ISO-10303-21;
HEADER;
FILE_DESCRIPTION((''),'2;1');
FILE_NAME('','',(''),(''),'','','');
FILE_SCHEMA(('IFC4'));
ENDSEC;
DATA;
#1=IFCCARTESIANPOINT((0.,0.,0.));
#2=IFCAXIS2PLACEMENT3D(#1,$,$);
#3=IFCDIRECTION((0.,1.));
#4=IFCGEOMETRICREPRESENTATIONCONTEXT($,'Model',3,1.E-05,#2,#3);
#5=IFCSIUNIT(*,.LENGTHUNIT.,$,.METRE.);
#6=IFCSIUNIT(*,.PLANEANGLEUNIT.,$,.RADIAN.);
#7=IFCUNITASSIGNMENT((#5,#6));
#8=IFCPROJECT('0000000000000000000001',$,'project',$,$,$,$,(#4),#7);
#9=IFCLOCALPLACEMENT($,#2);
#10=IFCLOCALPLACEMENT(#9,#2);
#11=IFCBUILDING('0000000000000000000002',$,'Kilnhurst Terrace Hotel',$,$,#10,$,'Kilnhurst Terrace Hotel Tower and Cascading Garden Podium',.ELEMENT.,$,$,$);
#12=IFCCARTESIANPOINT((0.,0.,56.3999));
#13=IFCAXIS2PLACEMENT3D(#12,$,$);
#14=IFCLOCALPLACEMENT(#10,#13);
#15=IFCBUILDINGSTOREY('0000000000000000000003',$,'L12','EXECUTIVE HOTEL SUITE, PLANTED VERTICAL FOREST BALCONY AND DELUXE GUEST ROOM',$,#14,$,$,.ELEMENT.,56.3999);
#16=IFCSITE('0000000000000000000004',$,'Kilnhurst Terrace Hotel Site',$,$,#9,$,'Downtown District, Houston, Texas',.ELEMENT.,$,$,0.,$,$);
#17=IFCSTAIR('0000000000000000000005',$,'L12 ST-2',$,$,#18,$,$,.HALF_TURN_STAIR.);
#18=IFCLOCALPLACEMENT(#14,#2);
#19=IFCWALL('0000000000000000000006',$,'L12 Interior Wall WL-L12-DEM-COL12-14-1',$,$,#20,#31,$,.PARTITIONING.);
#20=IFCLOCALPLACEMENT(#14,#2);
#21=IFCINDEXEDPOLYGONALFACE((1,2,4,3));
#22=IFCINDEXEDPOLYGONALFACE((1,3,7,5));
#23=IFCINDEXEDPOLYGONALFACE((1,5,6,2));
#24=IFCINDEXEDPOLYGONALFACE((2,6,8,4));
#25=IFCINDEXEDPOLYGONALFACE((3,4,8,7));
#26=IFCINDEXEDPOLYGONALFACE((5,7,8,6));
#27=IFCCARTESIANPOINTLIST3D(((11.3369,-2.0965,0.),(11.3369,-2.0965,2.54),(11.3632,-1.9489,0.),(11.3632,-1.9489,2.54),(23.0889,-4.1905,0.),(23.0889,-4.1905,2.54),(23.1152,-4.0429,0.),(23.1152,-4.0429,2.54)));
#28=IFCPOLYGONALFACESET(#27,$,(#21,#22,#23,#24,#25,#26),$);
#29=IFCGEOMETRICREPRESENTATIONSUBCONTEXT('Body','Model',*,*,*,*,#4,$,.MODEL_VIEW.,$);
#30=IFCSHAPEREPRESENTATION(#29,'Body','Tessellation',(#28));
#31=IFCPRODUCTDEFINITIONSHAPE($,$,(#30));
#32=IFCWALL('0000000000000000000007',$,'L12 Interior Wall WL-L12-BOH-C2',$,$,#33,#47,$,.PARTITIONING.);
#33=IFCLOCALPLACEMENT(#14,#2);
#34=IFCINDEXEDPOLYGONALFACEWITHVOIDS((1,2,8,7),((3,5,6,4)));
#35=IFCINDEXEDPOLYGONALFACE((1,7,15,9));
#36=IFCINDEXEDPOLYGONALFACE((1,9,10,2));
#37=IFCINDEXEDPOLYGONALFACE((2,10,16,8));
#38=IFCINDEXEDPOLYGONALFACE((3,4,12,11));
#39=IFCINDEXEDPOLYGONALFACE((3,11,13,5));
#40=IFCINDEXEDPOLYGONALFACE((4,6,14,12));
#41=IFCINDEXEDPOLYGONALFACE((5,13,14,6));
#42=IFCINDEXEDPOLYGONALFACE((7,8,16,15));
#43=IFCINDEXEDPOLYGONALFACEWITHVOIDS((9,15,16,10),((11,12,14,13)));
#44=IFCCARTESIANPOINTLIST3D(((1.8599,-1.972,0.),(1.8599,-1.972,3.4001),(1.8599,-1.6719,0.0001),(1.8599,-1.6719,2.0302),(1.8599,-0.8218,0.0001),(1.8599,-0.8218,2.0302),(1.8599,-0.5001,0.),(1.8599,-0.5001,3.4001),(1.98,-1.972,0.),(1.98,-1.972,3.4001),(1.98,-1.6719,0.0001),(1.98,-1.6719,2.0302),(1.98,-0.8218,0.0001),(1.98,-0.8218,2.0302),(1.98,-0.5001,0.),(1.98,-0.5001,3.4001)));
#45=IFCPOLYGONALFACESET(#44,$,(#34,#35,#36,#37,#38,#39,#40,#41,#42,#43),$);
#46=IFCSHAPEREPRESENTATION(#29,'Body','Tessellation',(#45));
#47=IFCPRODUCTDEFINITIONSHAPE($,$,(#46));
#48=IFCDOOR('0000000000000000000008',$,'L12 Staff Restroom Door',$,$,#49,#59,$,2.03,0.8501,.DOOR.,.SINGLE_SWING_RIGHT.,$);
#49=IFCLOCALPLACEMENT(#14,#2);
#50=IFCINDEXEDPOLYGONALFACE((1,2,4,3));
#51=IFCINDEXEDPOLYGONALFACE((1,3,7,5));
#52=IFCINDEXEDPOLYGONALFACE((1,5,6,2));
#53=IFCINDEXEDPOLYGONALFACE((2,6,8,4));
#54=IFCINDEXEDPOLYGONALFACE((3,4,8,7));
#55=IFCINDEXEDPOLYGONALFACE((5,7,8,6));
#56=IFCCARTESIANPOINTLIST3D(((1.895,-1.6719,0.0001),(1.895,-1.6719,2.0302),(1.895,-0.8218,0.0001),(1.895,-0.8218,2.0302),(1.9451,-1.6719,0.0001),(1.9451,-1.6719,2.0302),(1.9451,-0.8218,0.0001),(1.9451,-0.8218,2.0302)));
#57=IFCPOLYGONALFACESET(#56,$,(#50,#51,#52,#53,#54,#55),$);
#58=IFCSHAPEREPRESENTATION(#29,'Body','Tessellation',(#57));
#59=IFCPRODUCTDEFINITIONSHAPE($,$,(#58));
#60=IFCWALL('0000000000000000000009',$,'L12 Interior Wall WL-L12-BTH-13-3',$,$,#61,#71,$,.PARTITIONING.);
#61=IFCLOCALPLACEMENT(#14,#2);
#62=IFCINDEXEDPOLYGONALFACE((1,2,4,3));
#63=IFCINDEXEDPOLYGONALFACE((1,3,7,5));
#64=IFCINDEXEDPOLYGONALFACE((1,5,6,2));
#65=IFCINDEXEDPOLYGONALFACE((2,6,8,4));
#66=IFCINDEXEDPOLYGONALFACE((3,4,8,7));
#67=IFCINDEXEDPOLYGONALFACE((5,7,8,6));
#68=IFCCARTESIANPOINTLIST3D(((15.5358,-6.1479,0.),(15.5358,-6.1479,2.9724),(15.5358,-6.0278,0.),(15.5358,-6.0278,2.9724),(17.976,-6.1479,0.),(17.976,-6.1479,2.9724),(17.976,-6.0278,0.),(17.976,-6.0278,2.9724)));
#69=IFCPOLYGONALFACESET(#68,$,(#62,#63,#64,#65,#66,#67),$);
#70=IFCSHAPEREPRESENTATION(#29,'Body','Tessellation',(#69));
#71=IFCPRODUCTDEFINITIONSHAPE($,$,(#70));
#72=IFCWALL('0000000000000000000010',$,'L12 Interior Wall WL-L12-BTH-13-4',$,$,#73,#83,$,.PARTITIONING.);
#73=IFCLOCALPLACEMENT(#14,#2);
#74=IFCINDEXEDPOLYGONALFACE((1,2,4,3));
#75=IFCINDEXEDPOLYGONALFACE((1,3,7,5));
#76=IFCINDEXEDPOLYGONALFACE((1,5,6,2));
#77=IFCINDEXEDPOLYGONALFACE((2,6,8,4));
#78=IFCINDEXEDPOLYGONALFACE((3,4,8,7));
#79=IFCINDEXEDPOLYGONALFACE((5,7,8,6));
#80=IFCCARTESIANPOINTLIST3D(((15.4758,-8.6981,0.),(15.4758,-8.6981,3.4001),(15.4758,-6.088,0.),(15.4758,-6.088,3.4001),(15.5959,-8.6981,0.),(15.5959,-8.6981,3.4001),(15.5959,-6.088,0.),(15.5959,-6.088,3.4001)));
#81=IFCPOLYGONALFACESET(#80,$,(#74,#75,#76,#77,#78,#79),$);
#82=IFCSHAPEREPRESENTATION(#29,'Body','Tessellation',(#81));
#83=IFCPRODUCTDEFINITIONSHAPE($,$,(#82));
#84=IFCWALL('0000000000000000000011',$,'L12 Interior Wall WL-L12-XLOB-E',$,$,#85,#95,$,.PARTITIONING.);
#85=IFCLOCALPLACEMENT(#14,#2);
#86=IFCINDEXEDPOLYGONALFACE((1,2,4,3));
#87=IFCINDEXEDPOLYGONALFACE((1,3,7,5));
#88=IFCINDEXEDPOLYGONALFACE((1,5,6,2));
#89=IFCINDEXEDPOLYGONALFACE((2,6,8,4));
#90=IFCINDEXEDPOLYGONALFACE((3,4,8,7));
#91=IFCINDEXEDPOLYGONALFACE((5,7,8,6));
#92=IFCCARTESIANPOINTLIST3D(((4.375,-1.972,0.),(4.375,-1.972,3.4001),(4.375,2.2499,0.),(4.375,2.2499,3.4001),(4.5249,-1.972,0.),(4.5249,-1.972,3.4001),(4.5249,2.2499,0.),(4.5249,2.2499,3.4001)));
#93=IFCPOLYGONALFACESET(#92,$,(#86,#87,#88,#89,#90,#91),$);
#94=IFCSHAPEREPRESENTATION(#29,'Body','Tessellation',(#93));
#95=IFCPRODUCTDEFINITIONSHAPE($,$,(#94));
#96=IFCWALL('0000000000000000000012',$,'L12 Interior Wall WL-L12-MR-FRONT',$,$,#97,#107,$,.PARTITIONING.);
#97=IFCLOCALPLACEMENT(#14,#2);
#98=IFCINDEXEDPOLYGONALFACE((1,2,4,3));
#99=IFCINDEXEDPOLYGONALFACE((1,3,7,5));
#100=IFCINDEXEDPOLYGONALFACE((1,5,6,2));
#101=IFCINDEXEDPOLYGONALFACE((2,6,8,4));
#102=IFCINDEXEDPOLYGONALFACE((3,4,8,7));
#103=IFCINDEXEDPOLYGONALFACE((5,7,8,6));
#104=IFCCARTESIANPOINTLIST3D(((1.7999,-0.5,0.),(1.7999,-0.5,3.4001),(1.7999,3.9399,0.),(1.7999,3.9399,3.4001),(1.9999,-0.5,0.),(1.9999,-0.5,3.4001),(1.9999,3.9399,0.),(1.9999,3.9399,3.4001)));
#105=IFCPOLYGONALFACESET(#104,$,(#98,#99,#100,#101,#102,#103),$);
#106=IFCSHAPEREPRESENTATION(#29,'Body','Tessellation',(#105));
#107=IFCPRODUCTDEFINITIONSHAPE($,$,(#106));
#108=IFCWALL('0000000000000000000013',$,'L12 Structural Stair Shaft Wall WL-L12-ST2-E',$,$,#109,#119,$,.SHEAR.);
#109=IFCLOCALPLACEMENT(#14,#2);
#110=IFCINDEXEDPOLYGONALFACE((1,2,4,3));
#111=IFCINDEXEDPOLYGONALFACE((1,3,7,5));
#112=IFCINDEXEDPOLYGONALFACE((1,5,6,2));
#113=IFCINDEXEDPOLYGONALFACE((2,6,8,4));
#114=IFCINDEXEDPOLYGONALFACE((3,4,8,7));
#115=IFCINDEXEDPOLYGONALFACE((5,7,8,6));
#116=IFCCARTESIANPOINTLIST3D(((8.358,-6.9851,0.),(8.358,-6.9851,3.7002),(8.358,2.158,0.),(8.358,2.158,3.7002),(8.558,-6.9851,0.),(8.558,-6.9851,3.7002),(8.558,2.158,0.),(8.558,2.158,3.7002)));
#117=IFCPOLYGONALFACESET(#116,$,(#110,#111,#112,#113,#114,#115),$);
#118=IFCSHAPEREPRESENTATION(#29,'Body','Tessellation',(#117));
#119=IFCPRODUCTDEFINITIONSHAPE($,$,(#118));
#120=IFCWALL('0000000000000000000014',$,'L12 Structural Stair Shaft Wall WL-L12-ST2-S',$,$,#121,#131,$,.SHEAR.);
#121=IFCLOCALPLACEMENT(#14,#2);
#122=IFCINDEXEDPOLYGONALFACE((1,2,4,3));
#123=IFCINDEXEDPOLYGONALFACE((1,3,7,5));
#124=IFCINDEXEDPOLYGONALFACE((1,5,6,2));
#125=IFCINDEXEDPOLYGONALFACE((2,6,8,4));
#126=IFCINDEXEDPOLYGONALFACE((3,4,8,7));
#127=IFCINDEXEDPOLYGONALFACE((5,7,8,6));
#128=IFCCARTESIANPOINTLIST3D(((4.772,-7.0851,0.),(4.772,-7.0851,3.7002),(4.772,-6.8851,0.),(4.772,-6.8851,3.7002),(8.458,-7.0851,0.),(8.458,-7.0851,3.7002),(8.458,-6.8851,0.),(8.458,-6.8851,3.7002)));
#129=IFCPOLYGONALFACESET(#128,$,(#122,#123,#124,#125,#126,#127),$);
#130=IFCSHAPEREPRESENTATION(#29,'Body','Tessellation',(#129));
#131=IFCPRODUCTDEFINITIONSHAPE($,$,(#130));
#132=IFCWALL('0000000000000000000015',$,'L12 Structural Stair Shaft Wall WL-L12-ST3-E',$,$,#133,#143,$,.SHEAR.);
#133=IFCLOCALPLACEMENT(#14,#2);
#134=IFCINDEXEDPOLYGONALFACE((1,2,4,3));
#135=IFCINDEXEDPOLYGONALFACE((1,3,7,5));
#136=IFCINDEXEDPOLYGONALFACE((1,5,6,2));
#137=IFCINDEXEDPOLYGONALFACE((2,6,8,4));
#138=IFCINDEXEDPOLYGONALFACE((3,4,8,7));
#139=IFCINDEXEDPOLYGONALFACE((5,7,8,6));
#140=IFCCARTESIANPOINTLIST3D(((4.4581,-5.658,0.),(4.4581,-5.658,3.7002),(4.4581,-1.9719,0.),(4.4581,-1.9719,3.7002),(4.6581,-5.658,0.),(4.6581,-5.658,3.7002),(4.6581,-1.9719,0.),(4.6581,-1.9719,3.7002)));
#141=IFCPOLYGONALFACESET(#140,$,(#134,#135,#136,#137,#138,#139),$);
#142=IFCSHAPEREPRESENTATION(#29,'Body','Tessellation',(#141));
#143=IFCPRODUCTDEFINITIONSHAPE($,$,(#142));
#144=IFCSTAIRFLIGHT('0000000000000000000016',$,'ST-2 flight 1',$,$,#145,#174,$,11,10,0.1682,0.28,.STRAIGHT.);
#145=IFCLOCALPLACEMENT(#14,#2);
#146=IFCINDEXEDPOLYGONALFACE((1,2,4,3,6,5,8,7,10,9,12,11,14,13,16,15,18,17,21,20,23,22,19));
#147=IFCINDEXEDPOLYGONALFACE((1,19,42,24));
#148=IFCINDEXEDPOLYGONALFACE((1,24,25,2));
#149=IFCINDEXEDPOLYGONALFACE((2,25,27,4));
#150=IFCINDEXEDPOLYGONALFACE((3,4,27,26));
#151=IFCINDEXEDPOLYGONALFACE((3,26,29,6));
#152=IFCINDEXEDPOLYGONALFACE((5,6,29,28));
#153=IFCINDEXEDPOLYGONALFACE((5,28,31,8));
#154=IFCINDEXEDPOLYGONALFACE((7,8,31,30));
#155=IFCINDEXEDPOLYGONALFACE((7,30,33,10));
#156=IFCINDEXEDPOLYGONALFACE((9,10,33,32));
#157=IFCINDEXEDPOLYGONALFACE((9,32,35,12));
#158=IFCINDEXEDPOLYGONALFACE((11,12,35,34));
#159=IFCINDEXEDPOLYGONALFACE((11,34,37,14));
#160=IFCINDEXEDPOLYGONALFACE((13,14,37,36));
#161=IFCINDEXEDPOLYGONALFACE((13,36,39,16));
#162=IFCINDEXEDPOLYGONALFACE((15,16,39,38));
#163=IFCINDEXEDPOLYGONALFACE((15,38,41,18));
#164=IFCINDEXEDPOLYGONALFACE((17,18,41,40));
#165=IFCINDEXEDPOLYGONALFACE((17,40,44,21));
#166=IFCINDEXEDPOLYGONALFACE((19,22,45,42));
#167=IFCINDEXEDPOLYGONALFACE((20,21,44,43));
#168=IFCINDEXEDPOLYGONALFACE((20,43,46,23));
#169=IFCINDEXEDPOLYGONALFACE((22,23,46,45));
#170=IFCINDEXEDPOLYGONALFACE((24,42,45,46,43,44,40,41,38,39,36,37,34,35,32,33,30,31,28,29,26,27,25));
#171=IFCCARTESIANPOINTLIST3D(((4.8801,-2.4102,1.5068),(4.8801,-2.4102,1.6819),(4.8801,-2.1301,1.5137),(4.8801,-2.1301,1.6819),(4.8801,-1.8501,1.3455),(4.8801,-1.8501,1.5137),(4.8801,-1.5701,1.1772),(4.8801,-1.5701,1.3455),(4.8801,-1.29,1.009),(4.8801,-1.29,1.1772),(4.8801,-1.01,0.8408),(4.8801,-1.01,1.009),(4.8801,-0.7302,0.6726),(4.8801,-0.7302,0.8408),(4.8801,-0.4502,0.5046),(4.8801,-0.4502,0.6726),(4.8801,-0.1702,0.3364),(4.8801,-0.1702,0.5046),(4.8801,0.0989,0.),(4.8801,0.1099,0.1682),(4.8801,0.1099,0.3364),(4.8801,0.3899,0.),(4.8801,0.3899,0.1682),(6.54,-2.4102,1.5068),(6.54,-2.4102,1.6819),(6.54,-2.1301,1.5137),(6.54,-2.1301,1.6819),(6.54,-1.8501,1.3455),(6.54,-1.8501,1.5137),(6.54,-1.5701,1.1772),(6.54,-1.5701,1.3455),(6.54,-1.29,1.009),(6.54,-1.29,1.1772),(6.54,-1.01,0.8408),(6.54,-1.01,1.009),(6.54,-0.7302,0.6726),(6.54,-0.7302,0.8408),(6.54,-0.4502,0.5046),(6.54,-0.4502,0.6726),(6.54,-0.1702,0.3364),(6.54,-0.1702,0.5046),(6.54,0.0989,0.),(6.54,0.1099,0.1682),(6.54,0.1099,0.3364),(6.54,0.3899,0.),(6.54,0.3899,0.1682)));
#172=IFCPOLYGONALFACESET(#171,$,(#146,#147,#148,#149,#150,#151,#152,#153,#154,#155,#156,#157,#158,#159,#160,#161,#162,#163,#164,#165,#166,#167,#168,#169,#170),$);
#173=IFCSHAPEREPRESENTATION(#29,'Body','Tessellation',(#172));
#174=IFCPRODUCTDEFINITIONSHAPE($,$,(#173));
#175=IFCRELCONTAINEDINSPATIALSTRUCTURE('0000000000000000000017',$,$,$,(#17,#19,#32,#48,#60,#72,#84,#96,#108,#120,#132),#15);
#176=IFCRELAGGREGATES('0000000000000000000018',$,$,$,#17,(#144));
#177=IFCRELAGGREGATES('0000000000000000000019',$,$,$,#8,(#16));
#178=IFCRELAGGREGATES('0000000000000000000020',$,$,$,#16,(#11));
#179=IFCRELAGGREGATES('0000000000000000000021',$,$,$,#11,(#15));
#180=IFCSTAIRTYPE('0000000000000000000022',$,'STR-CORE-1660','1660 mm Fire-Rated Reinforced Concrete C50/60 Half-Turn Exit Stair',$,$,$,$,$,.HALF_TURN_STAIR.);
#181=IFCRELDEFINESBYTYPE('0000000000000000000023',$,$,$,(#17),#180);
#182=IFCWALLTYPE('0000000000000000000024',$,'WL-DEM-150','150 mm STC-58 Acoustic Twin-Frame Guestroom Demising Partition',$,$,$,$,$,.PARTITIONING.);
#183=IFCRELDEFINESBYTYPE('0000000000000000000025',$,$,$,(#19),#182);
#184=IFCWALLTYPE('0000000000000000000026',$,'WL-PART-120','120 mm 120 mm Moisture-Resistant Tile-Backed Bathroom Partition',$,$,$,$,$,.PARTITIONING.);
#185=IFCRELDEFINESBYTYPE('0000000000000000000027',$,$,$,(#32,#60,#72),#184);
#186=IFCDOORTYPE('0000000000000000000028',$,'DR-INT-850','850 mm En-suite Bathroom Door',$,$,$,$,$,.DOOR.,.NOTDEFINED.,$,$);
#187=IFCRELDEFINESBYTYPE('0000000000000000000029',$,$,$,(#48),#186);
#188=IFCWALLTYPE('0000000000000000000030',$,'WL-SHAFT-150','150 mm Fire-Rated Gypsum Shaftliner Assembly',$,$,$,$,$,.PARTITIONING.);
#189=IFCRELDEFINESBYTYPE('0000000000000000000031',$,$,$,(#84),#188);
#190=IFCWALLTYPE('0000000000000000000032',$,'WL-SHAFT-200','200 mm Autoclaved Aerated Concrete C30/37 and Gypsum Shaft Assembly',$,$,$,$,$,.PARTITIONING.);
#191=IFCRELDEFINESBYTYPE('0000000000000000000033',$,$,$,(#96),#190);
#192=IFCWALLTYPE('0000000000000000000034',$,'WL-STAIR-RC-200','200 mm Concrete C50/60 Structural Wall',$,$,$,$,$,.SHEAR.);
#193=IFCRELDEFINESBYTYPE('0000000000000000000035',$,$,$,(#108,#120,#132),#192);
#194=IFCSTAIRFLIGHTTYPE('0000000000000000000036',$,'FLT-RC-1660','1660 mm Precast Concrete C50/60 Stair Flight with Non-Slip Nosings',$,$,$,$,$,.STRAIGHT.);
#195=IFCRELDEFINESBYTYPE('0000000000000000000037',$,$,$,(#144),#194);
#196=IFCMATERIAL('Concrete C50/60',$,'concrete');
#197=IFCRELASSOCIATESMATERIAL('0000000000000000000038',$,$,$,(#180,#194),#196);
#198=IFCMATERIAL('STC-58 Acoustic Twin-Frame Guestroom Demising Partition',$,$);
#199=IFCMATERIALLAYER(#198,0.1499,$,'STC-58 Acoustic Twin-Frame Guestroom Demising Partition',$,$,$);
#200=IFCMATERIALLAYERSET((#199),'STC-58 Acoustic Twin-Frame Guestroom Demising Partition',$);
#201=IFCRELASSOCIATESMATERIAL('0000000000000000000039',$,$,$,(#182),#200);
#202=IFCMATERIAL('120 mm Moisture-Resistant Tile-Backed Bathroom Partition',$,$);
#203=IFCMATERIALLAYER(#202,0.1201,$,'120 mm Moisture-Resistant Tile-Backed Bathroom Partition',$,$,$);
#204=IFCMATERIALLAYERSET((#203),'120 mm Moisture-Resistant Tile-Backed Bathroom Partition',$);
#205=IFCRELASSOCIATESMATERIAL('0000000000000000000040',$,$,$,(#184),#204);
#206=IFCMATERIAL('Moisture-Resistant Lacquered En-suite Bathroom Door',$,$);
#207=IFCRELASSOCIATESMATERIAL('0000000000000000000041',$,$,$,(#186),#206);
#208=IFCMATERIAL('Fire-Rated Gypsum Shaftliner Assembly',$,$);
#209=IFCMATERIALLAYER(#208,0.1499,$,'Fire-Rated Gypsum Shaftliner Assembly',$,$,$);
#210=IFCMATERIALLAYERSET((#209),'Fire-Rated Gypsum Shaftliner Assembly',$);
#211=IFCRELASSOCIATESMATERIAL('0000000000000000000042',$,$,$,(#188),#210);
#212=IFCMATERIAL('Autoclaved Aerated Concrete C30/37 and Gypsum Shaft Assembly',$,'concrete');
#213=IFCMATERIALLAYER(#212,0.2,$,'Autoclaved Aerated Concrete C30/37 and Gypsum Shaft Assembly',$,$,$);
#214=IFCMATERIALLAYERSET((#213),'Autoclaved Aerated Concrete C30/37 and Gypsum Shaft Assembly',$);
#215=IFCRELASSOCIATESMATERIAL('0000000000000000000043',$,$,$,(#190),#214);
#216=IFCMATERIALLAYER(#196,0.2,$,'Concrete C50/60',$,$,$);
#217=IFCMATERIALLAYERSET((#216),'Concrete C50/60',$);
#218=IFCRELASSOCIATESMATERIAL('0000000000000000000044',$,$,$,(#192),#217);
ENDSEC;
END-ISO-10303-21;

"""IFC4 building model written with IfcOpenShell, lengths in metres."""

from ifc_helpers import new_model, si_unit, direction, frame, frame_2d, origin, place, context, subcontext, project, spatial, polyline, rectangle, outline, extrude, material, layer, layer_set, type_object, element, fill, aggregate, save


model = new_model("IFC4")

# Units and contexts
model_context = context("Model", 3, precision=1e-05, world=origin(), true_north=direction((0.0, 1.0)))
body_context = subcontext(model_context, "Body", "Model", "MODEL_VIEW")
ifc_project = project(units=[si_unit("LENGTHUNIT", "METRE"), si_unit("PLANEANGLEUNIT", "RADIAN")], contexts=[model_context])

# Site, building, storey
site_placement = place(None, origin())
site = spatial("IfcSite", under=ifc_project, at=site_placement, Name="Kilnhurst Terrace Hotel Site", LongName="Downtown District, Houston, Texas", CompositionType="ELEMENT", RefElevation=0.0)
building_placement = place(site_placement, origin())
building = spatial("IfcBuilding", under=site, at=building_placement, Name="Kilnhurst Terrace Hotel", LongName="Kilnhurst Terrace Hotel Tower and Cascading Garden Podium", CompositionType="ELEMENT")
storey_placement = place(building_placement, frame((0.0, 0.0, 56.3999)))
storey = spatial("IfcBuildingStorey", under=building, at=storey_placement, Name="L12", Description="EXECUTIVE HOTEL SUITE, PLANTED VERTICAL FOREST BALCONY AND DELUXE GUEST ROOM", CompositionType="ELEMENT", Elevation=56.3999)

# Shared definitions
ifc_material_1 = material(Name="Concrete C50/60", Category="concrete")

# Stair
stair_type = type_object("IfcStairType", Name="STR-CORE-1660", Description="1660 mm Fire-Rated Reinforced Concrete C50/60 Half-Turn Exit Stair", PredefinedType="HALF_TURN_STAIR", material=ifc_material_1)
stair_1_placement = place(storey_placement, origin())
stair_1 = element("IfcStair", 1, at=stair_1_placement, inside=storey, type_object=stair_type, Name="L12 ST-2", PredefinedType="HALF_TURN_STAIR")

# Wall
ifc_material_2 = material(Name="STC-58 Acoustic Twin-Frame Guestroom Demising Partition")
ifc_layer_1 = layer(ifc_material_2, 0.1499, Name="STC-58 Acoustic Twin-Frame Guestroom Demising Partition")
ifc_layer_set_1 = layer_set([ifc_layer_1], Name="STC-58 Acoustic Twin-Frame Guestroom Demising Partition")
wall_type_1 = type_object("IfcWallType", Name="WL-DEM-150", Description="150 mm STC-58 Acoustic Twin-Frame Guestroom Demising Partition", PredefinedType="PARTITIONING", material=ifc_layer_set_1)
wall_1_placement = place(storey_placement, frame((11.3501, -2.0227, 0.0), z_axis=(0.0, 0.0, 1.0), x_axis=(0.984494, -0.17542, 0.0)))
element("IfcWall", 2, at=wall_1_placement, inside=storey, type_object=wall_type_1, Name="L12 Interior Wall WL-L12-DEM-COL12-14-1", PredefinedType="PARTITIONING", context=body_context, shape_type="SweptSolid", body=[
    extrude(rectangle(XDim=11.937, YDim=0.1499, at=frame_2d((5.9685, 0.0))), origin(), (0.0, 0.0, 1.0), 2.54),
])

# Wall, opening, door
ifc_material_3 = material(Name="120 mm Moisture-Resistant Tile-Backed Bathroom Partition")
ifc_layer_2 = layer(ifc_material_3, 0.1201, Name="120 mm Moisture-Resistant Tile-Backed Bathroom Partition")
ifc_layer_set_2 = layer_set([ifc_layer_2], Name="120 mm Moisture-Resistant Tile-Backed Bathroom Partition")
wall_type_2 = type_object("IfcWallType", Name="WL-PART-120", Description="120 mm 120 mm Moisture-Resistant Tile-Backed Bathroom Partition", PredefinedType="PARTITIONING", material=ifc_layer_set_2)
wall_2_placement = place(storey_placement, frame((1.9199, -1.9719, 0.0), z_axis=(0.0, 0.0, 1.0), x_axis=(0.0, 1.0, 0.0)))
wall_2 = element("IfcWall", 3, at=wall_2_placement, inside=storey, type_object=wall_type_2, Name="L12 Interior Wall WL-L12-BOH-C2", PredefinedType="PARTITIONING", context=body_context, shape_type="SweptSolid", body=[
    extrude(rectangle(XDim=1.4719, YDim=0.1201, at=frame_2d((0.7358, 0.0))), origin(), (0.0, 0.0, 1.0), 3.4001),
])
opening_placement = place(wall_2_placement, frame((0.3, 0.0, 0.0)))
opening = element("IfcOpeningElement", 4, at=opening_placement, cuts=wall_2, PredefinedType="OPENING", context=body_context, shape_type="SweptSolid", body=[
    extrude(rectangle(XDim=0.8501, YDim=2.03, at=frame_2d((0.425, 1.0151))), frame((0.0, 0.0701, 0.0), z_axis=(0.0, -1.0, 0.0), x_axis=(1.0, 0.0, 0.0)), (0.0, 0.0, 1.0), 0.1401),
])
ifc_material_4 = material(Name="Moisture-Resistant Lacquered En-suite Bathroom Door")
door_type = type_object("IfcDoorType", Name="DR-INT-850", Description="850 mm En-suite Bathroom Door", OperationType="NOTDEFINED", PredefinedType="DOOR", material=ifc_material_4)
door_placement = place(opening_placement, origin())
door = element("IfcDoor", 5, at=door_placement, inside=storey, type_object=door_type, Name="L12 Staff Restroom Door", OperationType="SINGLE_SWING_RIGHT", OverallHeight=2.03, OverallWidth=0.8501, PredefinedType="DOOR", context=body_context, shape_type="SweptSolid", body=[
    extrude(rectangle(XDim=0.8501, YDim=2.03, at=frame_2d((0.425, 1.0151))), frame((0.0, 0.0249, 0.0), z_axis=(0.0, -1.0, 0.0), x_axis=(1.0, 0.0, 0.0)), (0.0, 0.0, 1.0), 0.05),
])
fill(opening, door)

# Walls
wall_3_placement = place(storey_placement, frame((17.9761, -6.0879, 0.0), z_axis=(0.0, 0.0, 1.0), x_axis=(-1.0, 0.0, 0.0)))
element("IfcWall", 6, at=wall_3_placement, inside=storey, type_object=wall_type_2, Name="L12 Interior Wall WL-L12-BTH-13-3", PredefinedType="PARTITIONING", context=body_context, shape_type="SweptSolid", body=[
    extrude(rectangle(XDim=2.4402, YDim=0.1201, at=frame_2d((1.2202, 0.0))), origin(), (0.0, 0.0, 1.0), 2.9724),
])
wall_4_placement = place(storey_placement, frame((15.5359, -6.0879, 0.0), z_axis=(0.0, 0.0, 1.0), x_axis=(0.0, -1.0, 0.0)))
element("IfcWall", 7, at=wall_4_placement, inside=storey, type_object=wall_type_2, Name="L12 Interior Wall WL-L12-BTH-13-4", PredefinedType="PARTITIONING", context=body_context, shape_type="SweptSolid", body=[
    extrude(rectangle(XDim=2.6101, YDim=0.1201, at=frame_2d((1.3052, 0.0))), origin(), (0.0, 0.0, 1.0), 3.4001),
])
ifc_material_5 = material(Name="Fire-Rated Gypsum Shaftliner Assembly")
ifc_layer_3 = layer(ifc_material_5, 0.1499, Name="Fire-Rated Gypsum Shaftliner Assembly")
ifc_layer_set_3 = layer_set([ifc_layer_3], Name="Fire-Rated Gypsum Shaftliner Assembly")
wall_type_3 = type_object("IfcWallType", Name="WL-SHAFT-150", Description="150 mm Fire-Rated Gypsum Shaftliner Assembly", PredefinedType="PARTITIONING", material=ifc_layer_set_3)
wall_5_placement = place(storey_placement, frame((4.45, -1.9719, 0.0), z_axis=(0.0, 0.0, 1.0), x_axis=(0.0, 1.0, 0.0)))
element("IfcWall", 8, at=wall_5_placement, inside=storey, type_object=wall_type_3, Name="L12 Interior Wall WL-L12-XLOB-E", PredefinedType="PARTITIONING", context=body_context, shape_type="SweptSolid", body=[
    extrude(rectangle(XDim=4.2219, YDim=0.1499, at=frame_2d((2.1108, 0.0))), origin(), (0.0, 0.0, 1.0), 3.4001),
])
ifc_material_6 = material(Name="Autoclaved Aerated Concrete C30/37 and Gypsum Shaft Assembly", Category="concrete")
ifc_layer_4 = layer(ifc_material_6, 0.2, Name="Autoclaved Aerated Concrete C30/37 and Gypsum Shaft Assembly")
ifc_layer_set_4 = layer_set([ifc_layer_4], Name="Autoclaved Aerated Concrete C30/37 and Gypsum Shaft Assembly")
wall_type_4 = type_object("IfcWallType", Name="WL-SHAFT-200", Description="200 mm Autoclaved Aerated Concrete C30/37 and Gypsum Shaft Assembly", PredefinedType="PARTITIONING", material=ifc_layer_set_4)
wall_6_placement = place(storey_placement, frame((1.8999, -0.5, 0.0), z_axis=(0.0, 0.0, 1.0), x_axis=(0.0, 1.0, 0.0)))
element("IfcWall", 9, at=wall_6_placement, inside=storey, type_object=wall_type_4, Name="L12 Interior Wall WL-L12-MR-FRONT", PredefinedType="PARTITIONING", context=body_context, shape_type="SweptSolid", body=[
    extrude(rectangle(XDim=4.4399, YDim=0.2, at=frame_2d((2.22, 0.0))), origin(), (0.0, 0.0, 1.0), 3.4001),
])
ifc_layer_5 = layer(ifc_material_1, 0.2, Name="Concrete C50/60")
ifc_layer_set_5 = layer_set([ifc_layer_5], Name="Concrete C50/60")
wall_type_5 = type_object("IfcWallType", Name="WL-STAIR-RC-200", Description="200 mm Concrete C50/60 Structural Wall", PredefinedType="SHEAR", material=ifc_layer_set_5)
wall_7_placement = place(storey_placement, frame((8.458, -6.9851, 0.0), z_axis=(0.0, 0.0, 1.0), x_axis=(0.0, 1.0, 0.0)))
element("IfcWall", 10, at=wall_7_placement, inside=storey, type_object=wall_type_5, Name="L12 Structural Stair Shaft Wall WL-L12-ST2-E", PredefinedType="SHEAR", context=body_context, shape_type="SweptSolid", body=[
    extrude(rectangle(XDim=9.1431, YDim=0.2, at=frame_2d((4.5715, 0.0))), origin(), (0.0, 0.0, 1.0), 3.7002),
])
for number, where, z_axis, x_axis, name in (
    (11, (4.772, -6.9851, 0.0), (0.0, 0.0, 1.0), (1.0, 0.0, 0.0), "L12 Structural Stair Shaft Wall WL-L12-ST2-S"),
    (12, (4.5581, -5.658, 0.0), (0.0, 0.0, 1.0), (0.0, 1.0, 0.0), "L12 Structural Stair Shaft Wall WL-L12-ST3-E"),
):
    element("IfcWall", number, at=place(storey_placement, frame(where, z_axis=z_axis, x_axis=x_axis)), inside=storey, type_object=wall_type_5, Name=name, PredefinedType="SHEAR", context=body_context, shape_type="SweptSolid", body=[
        extrude(rectangle(XDim=3.686, YDim=0.2, at=frame_2d((1.843, 0.0))), origin(), (0.0, 0.0, 1.0), 3.7002),
    ])

# Stair flight
stair_flight_type = type_object("IfcStairFlightType", Name="FLT-RC-1660", Description="1660 mm Precast Concrete C50/60 Stair Flight with Non-Slip Nosings", PredefinedType="STRAIGHT", material=ifc_material_1)
stair_flight_1_placement = place(storey_placement, frame((5.71, 0.3899, 0.0), z_axis=(0.0, 0.0, 1.0), x_axis=(0.0, -1.0, 0.0)))
stair_flight_1 = element("IfcStairFlight", 13, at=stair_flight_1_placement, type_object=stair_flight_type, Name="ST-2 flight 1", NumberOfRisers=11, NumberOfTreads=10, PredefinedType="STRAIGHT", RiserHeight=0.1682, TreadLength=0.28, context=body_context, shape_type="SweptSolid", body=[
    extrude(outline(polyline([(0.0, 0.0), (0.0, 0.1682), (0.28, 0.1682), (0.28, 0.3364), (0.5601, 0.3364), (0.5601, 0.5046), (0.8401, 0.5046), (0.8401, 0.6726), (1.1201, 0.6726), (1.1201, 0.8408), (1.3999, 0.8408), (1.3999, 1.009), (1.6799, 1.009), (1.6799, 1.1772), (1.96, 1.1772), (1.96, 1.3455), (2.24, 1.3455), (2.24, 1.5137), (2.52, 1.5137), (2.52, 1.6819), (2.8, 1.6819), (2.8, 1.8501), (2.8, 1.5068), (0.291, 0.0), (0.0, 0.0)])), frame((0.0, 0.8301, 0.0), z_axis=(0.0, -1.0, 0.0), x_axis=(1.0, 0.0, 0.0)), (0.0, 0.0, 1.0), 1.6599),
])
aggregate(stair_1, [stair_flight_1])

save(model, "model.ifc")
